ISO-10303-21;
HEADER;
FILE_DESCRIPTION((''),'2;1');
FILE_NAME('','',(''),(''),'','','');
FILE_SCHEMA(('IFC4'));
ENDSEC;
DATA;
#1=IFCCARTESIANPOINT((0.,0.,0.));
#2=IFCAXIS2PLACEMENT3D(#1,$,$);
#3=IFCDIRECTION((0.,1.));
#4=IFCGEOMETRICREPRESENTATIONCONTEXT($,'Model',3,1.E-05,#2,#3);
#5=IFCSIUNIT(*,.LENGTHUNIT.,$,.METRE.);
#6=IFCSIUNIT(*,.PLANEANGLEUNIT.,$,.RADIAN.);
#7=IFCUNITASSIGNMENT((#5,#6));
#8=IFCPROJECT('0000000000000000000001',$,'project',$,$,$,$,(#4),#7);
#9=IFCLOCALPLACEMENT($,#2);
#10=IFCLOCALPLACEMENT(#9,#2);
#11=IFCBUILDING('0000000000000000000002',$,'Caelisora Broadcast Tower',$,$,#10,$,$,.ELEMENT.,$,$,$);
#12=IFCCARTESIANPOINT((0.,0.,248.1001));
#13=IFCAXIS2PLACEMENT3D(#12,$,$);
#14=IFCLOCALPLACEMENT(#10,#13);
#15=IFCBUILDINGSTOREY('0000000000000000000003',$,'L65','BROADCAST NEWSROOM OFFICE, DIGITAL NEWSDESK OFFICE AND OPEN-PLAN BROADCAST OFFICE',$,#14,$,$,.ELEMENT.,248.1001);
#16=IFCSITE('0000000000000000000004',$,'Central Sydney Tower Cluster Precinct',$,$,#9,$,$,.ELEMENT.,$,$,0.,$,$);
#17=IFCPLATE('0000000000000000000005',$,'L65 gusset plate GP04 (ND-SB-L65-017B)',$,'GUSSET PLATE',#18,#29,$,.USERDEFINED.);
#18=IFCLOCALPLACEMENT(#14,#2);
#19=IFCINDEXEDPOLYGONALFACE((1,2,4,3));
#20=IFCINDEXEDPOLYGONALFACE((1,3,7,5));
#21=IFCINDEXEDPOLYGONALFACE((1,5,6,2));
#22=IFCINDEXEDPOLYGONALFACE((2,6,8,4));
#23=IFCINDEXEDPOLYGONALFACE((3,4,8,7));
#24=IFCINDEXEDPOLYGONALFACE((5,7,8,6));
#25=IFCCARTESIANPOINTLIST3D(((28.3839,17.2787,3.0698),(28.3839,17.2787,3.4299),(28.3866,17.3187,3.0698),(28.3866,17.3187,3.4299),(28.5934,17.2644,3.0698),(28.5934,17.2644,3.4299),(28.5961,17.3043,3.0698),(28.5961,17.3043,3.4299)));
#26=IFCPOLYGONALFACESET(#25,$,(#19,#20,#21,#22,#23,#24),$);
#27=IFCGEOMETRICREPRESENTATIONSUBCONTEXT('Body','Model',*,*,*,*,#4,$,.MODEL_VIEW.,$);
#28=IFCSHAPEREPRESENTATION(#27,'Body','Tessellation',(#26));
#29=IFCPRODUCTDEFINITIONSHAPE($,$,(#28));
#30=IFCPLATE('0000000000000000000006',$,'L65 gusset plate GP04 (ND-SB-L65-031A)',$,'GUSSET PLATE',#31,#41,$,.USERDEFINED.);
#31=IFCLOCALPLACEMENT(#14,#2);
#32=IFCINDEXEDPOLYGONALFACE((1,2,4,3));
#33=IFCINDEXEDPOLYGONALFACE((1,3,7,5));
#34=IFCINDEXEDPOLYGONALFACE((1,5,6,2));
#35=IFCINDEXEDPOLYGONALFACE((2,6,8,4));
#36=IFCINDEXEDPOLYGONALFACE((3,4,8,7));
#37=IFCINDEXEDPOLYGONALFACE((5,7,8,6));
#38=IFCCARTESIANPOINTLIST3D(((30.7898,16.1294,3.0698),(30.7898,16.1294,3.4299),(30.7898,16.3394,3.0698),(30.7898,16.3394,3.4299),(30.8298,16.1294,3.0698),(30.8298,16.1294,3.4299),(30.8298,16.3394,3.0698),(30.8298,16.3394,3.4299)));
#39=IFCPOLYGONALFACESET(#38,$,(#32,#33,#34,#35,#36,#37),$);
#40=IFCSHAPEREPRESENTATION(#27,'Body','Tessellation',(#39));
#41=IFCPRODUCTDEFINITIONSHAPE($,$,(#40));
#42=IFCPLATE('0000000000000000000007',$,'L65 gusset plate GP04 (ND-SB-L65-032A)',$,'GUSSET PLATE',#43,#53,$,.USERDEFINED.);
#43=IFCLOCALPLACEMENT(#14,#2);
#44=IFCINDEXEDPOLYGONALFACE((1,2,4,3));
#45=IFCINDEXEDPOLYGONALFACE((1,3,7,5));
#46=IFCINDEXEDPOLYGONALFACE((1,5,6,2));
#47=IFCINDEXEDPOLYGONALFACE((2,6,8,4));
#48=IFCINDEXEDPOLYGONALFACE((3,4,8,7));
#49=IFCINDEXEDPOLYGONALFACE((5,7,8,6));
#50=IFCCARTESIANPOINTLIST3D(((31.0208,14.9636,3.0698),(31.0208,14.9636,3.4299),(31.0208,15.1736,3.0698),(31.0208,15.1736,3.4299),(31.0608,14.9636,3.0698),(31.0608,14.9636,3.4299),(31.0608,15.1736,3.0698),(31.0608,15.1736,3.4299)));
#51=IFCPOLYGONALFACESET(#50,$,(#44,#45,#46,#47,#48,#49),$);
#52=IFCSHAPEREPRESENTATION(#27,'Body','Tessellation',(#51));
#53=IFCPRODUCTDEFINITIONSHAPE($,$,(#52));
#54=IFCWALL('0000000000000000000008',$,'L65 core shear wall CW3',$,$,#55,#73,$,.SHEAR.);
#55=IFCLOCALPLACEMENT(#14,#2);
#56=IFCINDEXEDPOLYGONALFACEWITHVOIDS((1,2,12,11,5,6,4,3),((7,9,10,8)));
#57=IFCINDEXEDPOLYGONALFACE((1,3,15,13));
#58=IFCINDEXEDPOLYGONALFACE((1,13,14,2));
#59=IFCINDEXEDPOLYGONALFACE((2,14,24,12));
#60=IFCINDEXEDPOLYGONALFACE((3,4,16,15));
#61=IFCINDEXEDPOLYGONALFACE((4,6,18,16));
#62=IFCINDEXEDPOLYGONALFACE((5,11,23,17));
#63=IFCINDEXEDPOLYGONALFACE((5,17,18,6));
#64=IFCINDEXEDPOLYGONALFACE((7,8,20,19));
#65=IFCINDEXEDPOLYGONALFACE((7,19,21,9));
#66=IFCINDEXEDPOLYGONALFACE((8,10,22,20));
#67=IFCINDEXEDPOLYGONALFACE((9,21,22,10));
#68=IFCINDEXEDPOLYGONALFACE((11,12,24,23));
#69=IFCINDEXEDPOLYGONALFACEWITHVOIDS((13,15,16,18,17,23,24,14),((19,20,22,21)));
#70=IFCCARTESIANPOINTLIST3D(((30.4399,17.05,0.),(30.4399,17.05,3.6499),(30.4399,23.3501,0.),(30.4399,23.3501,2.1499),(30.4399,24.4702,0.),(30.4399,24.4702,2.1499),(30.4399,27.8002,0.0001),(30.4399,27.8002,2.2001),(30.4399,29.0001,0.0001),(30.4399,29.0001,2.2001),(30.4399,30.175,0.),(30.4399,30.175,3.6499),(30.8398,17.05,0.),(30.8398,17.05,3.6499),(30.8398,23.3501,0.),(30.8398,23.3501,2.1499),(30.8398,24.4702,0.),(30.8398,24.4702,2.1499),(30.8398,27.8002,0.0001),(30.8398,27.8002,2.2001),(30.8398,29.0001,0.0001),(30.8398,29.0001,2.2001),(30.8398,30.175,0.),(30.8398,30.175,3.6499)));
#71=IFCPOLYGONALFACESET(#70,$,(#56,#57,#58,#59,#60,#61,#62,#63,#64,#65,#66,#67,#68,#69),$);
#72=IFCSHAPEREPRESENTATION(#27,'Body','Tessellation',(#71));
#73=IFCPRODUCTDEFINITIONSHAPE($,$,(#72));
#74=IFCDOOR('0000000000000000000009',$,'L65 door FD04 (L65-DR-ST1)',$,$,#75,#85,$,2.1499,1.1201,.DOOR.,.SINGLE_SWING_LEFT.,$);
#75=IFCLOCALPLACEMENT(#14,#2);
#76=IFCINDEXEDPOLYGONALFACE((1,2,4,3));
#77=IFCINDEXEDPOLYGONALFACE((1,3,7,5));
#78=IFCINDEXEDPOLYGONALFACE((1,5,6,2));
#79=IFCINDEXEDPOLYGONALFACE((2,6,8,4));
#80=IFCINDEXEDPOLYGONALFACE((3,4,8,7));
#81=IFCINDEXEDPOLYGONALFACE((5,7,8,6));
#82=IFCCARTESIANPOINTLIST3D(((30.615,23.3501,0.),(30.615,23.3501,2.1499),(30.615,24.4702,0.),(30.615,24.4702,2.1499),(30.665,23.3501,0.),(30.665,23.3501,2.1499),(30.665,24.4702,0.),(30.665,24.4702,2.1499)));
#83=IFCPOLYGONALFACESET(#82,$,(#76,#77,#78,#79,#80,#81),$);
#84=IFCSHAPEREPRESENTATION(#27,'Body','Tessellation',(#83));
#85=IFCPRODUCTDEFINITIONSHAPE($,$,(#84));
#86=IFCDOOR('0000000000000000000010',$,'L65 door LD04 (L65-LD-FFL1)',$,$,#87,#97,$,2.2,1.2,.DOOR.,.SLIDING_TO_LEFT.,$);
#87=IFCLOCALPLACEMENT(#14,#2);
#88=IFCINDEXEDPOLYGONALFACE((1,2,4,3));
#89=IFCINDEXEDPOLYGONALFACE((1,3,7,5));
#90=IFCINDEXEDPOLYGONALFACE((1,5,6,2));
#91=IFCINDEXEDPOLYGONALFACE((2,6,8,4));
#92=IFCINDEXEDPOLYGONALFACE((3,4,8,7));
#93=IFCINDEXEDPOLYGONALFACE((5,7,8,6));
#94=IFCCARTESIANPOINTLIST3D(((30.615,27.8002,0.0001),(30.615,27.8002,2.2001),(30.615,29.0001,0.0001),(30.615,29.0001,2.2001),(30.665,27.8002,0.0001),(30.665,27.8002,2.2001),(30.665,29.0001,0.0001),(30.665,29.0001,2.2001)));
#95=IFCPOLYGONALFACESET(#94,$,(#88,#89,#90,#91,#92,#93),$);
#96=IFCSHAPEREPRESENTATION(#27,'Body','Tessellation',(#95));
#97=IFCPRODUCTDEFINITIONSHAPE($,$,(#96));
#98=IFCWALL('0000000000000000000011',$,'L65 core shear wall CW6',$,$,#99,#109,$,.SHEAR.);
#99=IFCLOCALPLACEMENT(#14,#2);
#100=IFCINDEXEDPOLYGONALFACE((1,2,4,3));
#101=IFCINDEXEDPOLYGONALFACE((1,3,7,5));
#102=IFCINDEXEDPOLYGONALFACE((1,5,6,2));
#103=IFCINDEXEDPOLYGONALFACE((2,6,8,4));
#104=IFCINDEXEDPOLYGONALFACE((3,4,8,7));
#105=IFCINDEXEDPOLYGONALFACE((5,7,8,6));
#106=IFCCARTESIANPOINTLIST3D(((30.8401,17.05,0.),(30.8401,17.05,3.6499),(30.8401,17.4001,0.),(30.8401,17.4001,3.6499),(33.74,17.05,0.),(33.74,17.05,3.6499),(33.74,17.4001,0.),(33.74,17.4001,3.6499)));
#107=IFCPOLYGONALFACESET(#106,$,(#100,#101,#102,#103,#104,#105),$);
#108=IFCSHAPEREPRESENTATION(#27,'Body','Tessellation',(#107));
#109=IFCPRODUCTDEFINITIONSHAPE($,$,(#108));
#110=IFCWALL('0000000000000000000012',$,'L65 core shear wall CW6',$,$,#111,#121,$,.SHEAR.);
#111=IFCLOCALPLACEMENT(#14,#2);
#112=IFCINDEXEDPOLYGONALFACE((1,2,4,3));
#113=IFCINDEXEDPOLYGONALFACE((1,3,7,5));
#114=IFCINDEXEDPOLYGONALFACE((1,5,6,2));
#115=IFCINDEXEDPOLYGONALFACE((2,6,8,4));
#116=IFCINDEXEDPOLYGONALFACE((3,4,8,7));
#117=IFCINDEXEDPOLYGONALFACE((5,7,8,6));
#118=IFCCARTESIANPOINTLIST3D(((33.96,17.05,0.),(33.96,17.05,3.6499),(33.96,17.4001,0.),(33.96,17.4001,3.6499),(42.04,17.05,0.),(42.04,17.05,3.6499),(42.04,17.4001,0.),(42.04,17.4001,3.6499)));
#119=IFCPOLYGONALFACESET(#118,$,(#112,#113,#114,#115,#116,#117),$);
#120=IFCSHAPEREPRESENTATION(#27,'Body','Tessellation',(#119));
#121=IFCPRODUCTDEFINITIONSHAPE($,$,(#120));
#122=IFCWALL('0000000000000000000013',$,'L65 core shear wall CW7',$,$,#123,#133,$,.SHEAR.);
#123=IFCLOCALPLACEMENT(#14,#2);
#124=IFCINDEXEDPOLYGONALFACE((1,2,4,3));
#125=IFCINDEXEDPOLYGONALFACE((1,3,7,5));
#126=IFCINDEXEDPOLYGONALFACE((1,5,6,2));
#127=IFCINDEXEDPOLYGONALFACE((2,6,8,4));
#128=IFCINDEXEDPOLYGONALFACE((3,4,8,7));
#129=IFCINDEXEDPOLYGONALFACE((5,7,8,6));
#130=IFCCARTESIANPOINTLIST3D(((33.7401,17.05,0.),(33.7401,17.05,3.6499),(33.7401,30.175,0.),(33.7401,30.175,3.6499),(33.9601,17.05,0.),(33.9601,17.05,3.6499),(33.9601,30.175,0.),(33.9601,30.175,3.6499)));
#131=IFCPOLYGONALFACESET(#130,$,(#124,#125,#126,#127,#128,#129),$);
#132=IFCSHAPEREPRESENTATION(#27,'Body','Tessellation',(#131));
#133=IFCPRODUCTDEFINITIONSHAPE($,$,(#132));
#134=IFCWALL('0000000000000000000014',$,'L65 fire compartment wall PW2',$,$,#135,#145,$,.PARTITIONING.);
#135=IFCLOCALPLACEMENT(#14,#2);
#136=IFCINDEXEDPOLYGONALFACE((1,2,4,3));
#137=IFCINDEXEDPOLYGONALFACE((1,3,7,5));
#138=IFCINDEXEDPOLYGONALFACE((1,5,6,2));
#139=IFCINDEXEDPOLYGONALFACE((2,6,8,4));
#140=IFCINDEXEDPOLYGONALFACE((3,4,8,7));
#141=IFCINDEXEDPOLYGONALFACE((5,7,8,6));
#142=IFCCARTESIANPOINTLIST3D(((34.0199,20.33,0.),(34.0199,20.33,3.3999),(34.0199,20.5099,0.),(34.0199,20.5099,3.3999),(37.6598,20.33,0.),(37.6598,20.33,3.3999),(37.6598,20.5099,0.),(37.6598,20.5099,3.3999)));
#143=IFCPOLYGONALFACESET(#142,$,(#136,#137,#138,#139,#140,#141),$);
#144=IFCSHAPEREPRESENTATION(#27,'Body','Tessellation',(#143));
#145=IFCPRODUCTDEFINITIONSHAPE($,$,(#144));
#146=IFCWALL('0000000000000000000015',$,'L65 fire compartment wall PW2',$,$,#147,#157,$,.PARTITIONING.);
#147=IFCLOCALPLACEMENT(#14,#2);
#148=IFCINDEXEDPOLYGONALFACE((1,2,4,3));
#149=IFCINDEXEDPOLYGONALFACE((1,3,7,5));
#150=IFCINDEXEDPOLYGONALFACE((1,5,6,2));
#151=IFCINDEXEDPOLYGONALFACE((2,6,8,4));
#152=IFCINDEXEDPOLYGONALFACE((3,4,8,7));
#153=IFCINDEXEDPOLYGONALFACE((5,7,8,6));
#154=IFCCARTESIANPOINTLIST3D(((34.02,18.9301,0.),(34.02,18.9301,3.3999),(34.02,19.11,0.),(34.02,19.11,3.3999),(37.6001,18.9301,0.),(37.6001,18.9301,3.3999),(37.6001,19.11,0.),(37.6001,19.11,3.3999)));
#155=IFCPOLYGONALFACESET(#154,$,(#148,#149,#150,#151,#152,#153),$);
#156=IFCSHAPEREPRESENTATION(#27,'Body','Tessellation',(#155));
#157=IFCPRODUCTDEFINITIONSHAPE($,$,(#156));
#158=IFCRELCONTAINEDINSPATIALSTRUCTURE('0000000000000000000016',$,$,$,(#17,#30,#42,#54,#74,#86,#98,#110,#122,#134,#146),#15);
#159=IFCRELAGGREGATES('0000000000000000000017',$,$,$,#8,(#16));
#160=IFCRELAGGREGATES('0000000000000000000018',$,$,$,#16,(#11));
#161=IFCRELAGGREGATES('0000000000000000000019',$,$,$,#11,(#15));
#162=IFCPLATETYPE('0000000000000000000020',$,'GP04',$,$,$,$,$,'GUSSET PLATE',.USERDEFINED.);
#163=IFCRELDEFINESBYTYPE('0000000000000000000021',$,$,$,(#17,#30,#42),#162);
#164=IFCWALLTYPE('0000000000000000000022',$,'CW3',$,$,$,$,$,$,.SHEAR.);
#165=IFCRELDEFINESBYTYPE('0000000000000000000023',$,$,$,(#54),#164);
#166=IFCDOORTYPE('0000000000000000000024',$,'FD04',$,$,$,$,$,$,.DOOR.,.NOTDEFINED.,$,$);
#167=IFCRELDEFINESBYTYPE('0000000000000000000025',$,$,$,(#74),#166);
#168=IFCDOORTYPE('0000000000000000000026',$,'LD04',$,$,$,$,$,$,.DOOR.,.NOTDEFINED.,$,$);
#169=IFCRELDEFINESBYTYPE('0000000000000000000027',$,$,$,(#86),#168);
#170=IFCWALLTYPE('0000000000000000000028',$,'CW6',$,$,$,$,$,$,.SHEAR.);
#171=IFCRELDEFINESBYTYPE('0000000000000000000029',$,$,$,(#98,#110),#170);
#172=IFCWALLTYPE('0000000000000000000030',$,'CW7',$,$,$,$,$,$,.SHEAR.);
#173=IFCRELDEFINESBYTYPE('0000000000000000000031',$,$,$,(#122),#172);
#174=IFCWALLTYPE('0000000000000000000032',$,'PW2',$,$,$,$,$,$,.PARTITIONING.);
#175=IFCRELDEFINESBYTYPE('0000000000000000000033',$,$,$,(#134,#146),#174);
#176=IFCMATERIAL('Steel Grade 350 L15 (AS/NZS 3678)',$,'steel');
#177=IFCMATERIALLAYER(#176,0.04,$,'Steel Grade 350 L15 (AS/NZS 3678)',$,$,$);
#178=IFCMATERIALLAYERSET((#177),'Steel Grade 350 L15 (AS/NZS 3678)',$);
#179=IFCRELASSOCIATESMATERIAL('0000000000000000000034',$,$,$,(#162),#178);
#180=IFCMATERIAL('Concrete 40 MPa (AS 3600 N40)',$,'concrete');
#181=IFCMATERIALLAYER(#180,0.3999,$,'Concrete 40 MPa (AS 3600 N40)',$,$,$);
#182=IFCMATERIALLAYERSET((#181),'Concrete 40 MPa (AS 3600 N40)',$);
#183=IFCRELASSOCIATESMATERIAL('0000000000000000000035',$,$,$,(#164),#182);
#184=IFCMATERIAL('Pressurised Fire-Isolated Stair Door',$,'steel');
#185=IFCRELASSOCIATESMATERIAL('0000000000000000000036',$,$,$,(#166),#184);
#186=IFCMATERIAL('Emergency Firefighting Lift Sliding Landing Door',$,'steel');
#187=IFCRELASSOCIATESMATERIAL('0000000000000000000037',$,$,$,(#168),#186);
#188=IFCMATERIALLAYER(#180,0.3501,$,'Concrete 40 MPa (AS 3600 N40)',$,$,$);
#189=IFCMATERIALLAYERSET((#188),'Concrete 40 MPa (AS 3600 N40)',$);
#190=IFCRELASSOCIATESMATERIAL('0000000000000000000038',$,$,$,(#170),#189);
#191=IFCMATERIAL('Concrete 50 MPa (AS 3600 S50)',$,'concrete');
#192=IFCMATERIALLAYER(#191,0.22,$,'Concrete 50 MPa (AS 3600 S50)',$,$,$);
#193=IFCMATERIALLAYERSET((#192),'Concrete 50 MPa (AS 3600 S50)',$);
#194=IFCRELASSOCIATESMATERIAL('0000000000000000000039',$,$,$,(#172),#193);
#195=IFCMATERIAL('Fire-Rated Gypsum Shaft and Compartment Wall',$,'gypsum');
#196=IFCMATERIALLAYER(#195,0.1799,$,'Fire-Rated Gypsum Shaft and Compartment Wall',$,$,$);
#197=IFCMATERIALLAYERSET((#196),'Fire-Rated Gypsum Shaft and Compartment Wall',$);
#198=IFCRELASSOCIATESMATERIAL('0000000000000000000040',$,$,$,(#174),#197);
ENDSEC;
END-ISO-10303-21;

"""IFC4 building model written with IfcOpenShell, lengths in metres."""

from ifc_helpers import new_model, si_unit, direction, frame, frame_2d, origin, origin_2d, place, context, subcontext, project, spatial, rectangle, extrude, source, transform, mapped, material, layer, layer_set, type_object, element, fill, save


model = new_model("IFC4")

# Units and contexts
model_context = context("Model", 3, precision=1e-05, world=origin(), true_north=direction((0.0, 1.0)))
body_context = subcontext(model_context, "Body", "Model", "MODEL_VIEW")
ifc_project = project(units=[si_unit("LENGTHUNIT", "METRE"), si_unit("PLANEANGLEUNIT", "RADIAN")], contexts=[model_context])

# Site, building, storey
site_placement = place(None, origin())
site = spatial("IfcSite", under=ifc_project, at=site_placement, Name="Central Sydney Tower Cluster Precinct", CompositionType="ELEMENT", RefElevation=0.0)
building_placement = place(site_placement, origin())
building = spatial("IfcBuilding", under=site, at=building_placement, Name="Caelisora Broadcast Tower", CompositionType="ELEMENT")
storey_placement = place(building_placement, frame((0.0, 0.0, 248.1001)))
storey = spatial("IfcBuildingStorey", under=building, at=storey_placement, Name="L65", Description="BROADCAST NEWSROOM OFFICE, DIGITAL NEWSDESK OFFICE AND OPEN-PLAN BROADCAST OFFICE", CompositionType="ELEMENT", Elevation=248.1001)

# Plates
ifc_material_1 = material(Name="Steel Grade 350 L15 (AS/NZS 3678)", Category="steel")
ifc_layer_1 = layer(ifc_material_1, 0.04, Name="Steel Grade 350 L15 (AS/NZS 3678)")
ifc_layer_set_1 = layer_set([ifc_layer_1], Name="Steel Grade 350 L15 (AS/NZS 3678)")
plate_type = type_object("IfcPlateType", Name="GP04", ElementType="GUSSET PLATE", PredefinedType="USERDEFINED", material=ifc_layer_set_1)
shared_shape_1 = source(origin(), body_context, "Body", "SweptSolid", [
    extrude(rectangle(XDim=0.21, YDim=0.04, at=origin_2d()), origin(), (0.0, 0.0, 1.0), 0.3601),
])
for number, where, z_axis, x_axis, name in (
    (1, (28.49, 17.2915, 3.0698), (0.0, 0.0, 1.0), (0.99766, -0.068364, 0.0), "L65 gusset plate GP04 (ND-SB-L65-017B)"),
    (2, (30.8098, 16.2344, 3.0698), (0.0, 0.0, 1.0), (0.0, 1.0, 0.0), "L65 gusset plate GP04 (ND-SB-L65-031A)"),
    (3, (31.0408, 15.0686, 3.0698), (0.0, 0.0, 1.0), (0.0, 1.0, 0.0), "L65 gusset plate GP04 (ND-SB-L65-032A)"),
):
    element("IfcPlate", number, at=place(storey_placement, frame(where, z_axis=z_axis, x_axis=x_axis)), inside=storey, type_object=plate_type, Name=name, ObjectType="GUSSET PLATE", PredefinedType="USERDEFINED", context=body_context, shape_type="MappedRepresentation", body=[
        mapped(shared_shape_1, transform((0.0, 0.0, 0.0), scale=1.0)),
    ])

# Wall, openings, doors
ifc_material_2 = material(Name="Concrete 40 MPa (AS 3600 N40)", Category="concrete")
ifc_layer_2 = layer(ifc_material_2, 0.3999, Name="Concrete 40 MPa (AS 3600 N40)")
ifc_layer_set_2 = layer_set([ifc_layer_2], Name="Concrete 40 MPa (AS 3600 N40)")
wall_type_1 = type_object("IfcWallType", Name="CW3", PredefinedType="SHEAR", material=ifc_layer_set_2)
wall_1_placement = place(storey_placement, frame((30.6399, 17.05, 0.0), z_axis=(0.0, 0.0, 1.0), x_axis=(0.0, 1.0, 0.0)))
wall_1 = element("IfcWall", 4, at=wall_1_placement, inside=storey, type_object=wall_type_1, Name="L65 core shear wall CW3", PredefinedType="SHEAR", context=body_context, shape_type="SweptSolid", body=[
    extrude(rectangle(XDim=13.125, YDim=0.3999, at=frame_2d((6.5625, 0.0))), origin(), (0.0, 0.0, 1.0), 3.6499),
])
opening_1_placement = place(wall_1_placement, frame((6.3, 0.0, 0.0)))
opening_1 = element("IfcOpeningElement", 5, at=opening_1_placement, cuts=wall_1, PredefinedType="OPENING", context=body_context, shape_type="SweptSolid", body=[
    extrude(rectangle(XDim=1.1201, YDim=2.1499, at=frame_2d((0.5601, 1.075))), frame((0.0, 0.2119, 0.0), z_axis=(0.0, -1.0, 0.0), x_axis=(1.0, 0.0, 0.0)), (0.0, 0.0, 1.0), 0.4238),
])
opening_2_placement = place(wall_1_placement, frame((10.75, 0.0, 0.0)))
opening_2 = element("IfcOpeningElement", 6, at=opening_2_placement, cuts=wall_1, PredefinedType="OPENING", context=body_context, shape_type="SweptSolid", body=[
    extrude(rectangle(XDim=1.2, YDim=2.2, at=frame_2d((0.6001, 1.1001))), frame((0.0, 0.2119, 0.0), z_axis=(0.0, -1.0, 0.0), x_axis=(1.0, 0.0, 0.0)), (0.0, 0.0, 1.0), 0.4238),
])
ifc_material_3 = material(Name="Pressurised Fire-Isolated Stair Door", Category="steel")
door_type_1 = type_object("IfcDoorType", Name="FD04", OperationType="NOTDEFINED", PredefinedType="DOOR", material=ifc_material_3)
door_1_placement = place(opening_1_placement, origin())
door_1 = element("IfcDoor", 7, at=door_1_placement, inside=storey, type_object=door_type_1, Name="L65 door FD04 (L65-DR-ST1)", OperationType="SINGLE_SWING_LEFT", OverallHeight=2.1499, OverallWidth=1.1201, PredefinedType="DOOR", context=body_context, shape_type="SweptSolid", body=[
    extrude(rectangle(XDim=1.1201, YDim=2.1499, at=frame_2d((0.5601, 1.075))), frame((0.0, 0.0249, 0.0), z_axis=(0.0, -1.0, 0.0), x_axis=(1.0, 0.0, 0.0)), (0.0, 0.0, 1.0), 0.05),
])
fill(opening_1, door_1)
ifc_material_4 = material(Name="Emergency Firefighting Lift Sliding Landing Door", Category="steel")
door_type_2 = type_object("IfcDoorType", Name="LD04", OperationType="NOTDEFINED", PredefinedType="DOOR", material=ifc_material_4)
door_2_placement = place(opening_2_placement, origin())
door_2 = element("IfcDoor", 8, at=door_2_placement, inside=storey, type_object=door_type_2, Name="L65 door LD04 (L65-LD-FFL1)", OperationType="SLIDING_TO_LEFT", OverallHeight=2.2, OverallWidth=1.2, PredefinedType="DOOR", context=body_context, shape_type="SweptSolid", body=[
    extrude(rectangle(XDim=1.2, YDim=2.2, at=frame_2d((0.6001, 1.1001))), frame((0.0, 0.0249, 0.0), z_axis=(0.0, -1.0, 0.0), x_axis=(1.0, 0.0, 0.0)), (0.0, 0.0, 1.0), 0.05),
])
fill(opening_2, door_2)

# Walls
ifc_layer_3 = layer(ifc_material_2, 0.3501, Name="Concrete 40 MPa (AS 3600 N40)")
ifc_layer_set_3 = layer_set([ifc_layer_3], Name="Concrete 40 MPa (AS 3600 N40)")
wall_type_2 = type_object("IfcWallType", Name="CW6", PredefinedType="SHEAR", material=ifc_layer_set_3)
wall_2_placement = place(storey_placement, frame((30.8401, 17.2251, 0.0), z_axis=(0.0, 0.0, 1.0), x_axis=(1.0, 0.0, 0.0)))
element("IfcWall", 9, at=wall_2_placement, inside=storey, type_object=wall_type_2, Name="L65 core shear wall CW6", PredefinedType="SHEAR", context=body_context, shape_type="SweptSolid", body=[
    extrude(rectangle(XDim=2.8999, YDim=0.3501, at=frame_2d((1.45, 0.0))), origin(), (0.0, 0.0, 1.0), 3.6499),
])
wall_3_placement = place(storey_placement, frame((33.96, 17.2251, 0.0), z_axis=(0.0, 0.0, 1.0), x_axis=(1.0, 0.0, 0.0)))
element("IfcWall", 10, at=wall_3_placement, inside=storey, type_object=wall_type_2, Name="L65 core shear wall CW6", PredefinedType="SHEAR", context=body_context, shape_type="SweptSolid", body=[
    extrude(rectangle(XDim=8.0801, YDim=0.3501, at=frame_2d((4.04, 0.0))), origin(), (0.0, 0.0, 1.0), 3.6499),
])
ifc_material_5 = material(Name="Concrete 50 MPa (AS 3600 S50)", Category="concrete")
ifc_layer_4 = layer(ifc_material_5, 0.22, Name="Concrete 50 MPa (AS 3600 S50)")
ifc_layer_set_4 = layer_set([ifc_layer_4], Name="Concrete 50 MPa (AS 3600 S50)")
wall_type_3 = type_object("IfcWallType", Name="CW7", PredefinedType="SHEAR", material=ifc_layer_set_4)
wall_4_placement = place(storey_placement, frame((33.8501, 17.05, 0.0), z_axis=(0.0, 0.0, 1.0), x_axis=(0.0, 1.0, 0.0)))
element("IfcWall", 11, at=wall_4_placement, inside=storey, type_object=wall_type_3, Name="L65 core shear wall CW7", PredefinedType="SHEAR", context=body_context, shape_type="SweptSolid", body=[
    extrude(rectangle(XDim=13.125, YDim=0.22, at=frame_2d((6.5625, 0.0))), origin(), (0.0, 0.0, 1.0), 3.6499),
])
ifc_material_6 = material(Name="Fire-Rated Gypsum Shaft and Compartment Wall", Category="gypsum")
ifc_layer_5 = layer(ifc_material_6, 0.1799, Name="Fire-Rated Gypsum Shaft and Compartment Wall")
ifc_layer_set_5 = layer_set([ifc_layer_5], Name="Fire-Rated Gypsum Shaft and Compartment Wall")
wall_type_4 = type_object("IfcWallType", Name="PW2", PredefinedType="PARTITIONING", material=ifc_layer_set_5)
wall_5_placement = place(storey_placement, frame((34.02, 20.4199, 0.0), z_axis=(0.0, 0.0, 1.0), x_axis=(1.0, 0.0, 0.0)))
element("IfcWall", 12, at=wall_5_placement, inside=storey, type_object=wall_type_4, Name="L65 fire compartment wall PW2", PredefinedType="PARTITIONING", context=body_context, shape_type="SweptSolid", body=[
    extrude(rectangle(XDim=3.6399, YDim=0.1799, at=frame_2d((1.8198, 0.0))), origin(), (0.0, 0.0, 1.0), 3.3999),
])
wall_6_placement = place(storey_placement, frame((34.02, 19.02, 0.0), z_axis=(0.0, 0.0, 1.0), x_axis=(1.0, 0.0, 0.0)))
element("IfcWall", 13, at=wall_6_placement, inside=storey, type_object=wall_type_4, Name="L65 fire compartment wall PW2", PredefinedType="PARTITIONING", context=body_context, shape_type="SweptSolid", body=[
    extrude(rectangle(XDim=3.5801, YDim=0.1799, at=frame_2d((1.79, 0.0))), origin(), (0.0, 0.0, 1.0), 3.3999),
])

save(model, "model.ifc")
